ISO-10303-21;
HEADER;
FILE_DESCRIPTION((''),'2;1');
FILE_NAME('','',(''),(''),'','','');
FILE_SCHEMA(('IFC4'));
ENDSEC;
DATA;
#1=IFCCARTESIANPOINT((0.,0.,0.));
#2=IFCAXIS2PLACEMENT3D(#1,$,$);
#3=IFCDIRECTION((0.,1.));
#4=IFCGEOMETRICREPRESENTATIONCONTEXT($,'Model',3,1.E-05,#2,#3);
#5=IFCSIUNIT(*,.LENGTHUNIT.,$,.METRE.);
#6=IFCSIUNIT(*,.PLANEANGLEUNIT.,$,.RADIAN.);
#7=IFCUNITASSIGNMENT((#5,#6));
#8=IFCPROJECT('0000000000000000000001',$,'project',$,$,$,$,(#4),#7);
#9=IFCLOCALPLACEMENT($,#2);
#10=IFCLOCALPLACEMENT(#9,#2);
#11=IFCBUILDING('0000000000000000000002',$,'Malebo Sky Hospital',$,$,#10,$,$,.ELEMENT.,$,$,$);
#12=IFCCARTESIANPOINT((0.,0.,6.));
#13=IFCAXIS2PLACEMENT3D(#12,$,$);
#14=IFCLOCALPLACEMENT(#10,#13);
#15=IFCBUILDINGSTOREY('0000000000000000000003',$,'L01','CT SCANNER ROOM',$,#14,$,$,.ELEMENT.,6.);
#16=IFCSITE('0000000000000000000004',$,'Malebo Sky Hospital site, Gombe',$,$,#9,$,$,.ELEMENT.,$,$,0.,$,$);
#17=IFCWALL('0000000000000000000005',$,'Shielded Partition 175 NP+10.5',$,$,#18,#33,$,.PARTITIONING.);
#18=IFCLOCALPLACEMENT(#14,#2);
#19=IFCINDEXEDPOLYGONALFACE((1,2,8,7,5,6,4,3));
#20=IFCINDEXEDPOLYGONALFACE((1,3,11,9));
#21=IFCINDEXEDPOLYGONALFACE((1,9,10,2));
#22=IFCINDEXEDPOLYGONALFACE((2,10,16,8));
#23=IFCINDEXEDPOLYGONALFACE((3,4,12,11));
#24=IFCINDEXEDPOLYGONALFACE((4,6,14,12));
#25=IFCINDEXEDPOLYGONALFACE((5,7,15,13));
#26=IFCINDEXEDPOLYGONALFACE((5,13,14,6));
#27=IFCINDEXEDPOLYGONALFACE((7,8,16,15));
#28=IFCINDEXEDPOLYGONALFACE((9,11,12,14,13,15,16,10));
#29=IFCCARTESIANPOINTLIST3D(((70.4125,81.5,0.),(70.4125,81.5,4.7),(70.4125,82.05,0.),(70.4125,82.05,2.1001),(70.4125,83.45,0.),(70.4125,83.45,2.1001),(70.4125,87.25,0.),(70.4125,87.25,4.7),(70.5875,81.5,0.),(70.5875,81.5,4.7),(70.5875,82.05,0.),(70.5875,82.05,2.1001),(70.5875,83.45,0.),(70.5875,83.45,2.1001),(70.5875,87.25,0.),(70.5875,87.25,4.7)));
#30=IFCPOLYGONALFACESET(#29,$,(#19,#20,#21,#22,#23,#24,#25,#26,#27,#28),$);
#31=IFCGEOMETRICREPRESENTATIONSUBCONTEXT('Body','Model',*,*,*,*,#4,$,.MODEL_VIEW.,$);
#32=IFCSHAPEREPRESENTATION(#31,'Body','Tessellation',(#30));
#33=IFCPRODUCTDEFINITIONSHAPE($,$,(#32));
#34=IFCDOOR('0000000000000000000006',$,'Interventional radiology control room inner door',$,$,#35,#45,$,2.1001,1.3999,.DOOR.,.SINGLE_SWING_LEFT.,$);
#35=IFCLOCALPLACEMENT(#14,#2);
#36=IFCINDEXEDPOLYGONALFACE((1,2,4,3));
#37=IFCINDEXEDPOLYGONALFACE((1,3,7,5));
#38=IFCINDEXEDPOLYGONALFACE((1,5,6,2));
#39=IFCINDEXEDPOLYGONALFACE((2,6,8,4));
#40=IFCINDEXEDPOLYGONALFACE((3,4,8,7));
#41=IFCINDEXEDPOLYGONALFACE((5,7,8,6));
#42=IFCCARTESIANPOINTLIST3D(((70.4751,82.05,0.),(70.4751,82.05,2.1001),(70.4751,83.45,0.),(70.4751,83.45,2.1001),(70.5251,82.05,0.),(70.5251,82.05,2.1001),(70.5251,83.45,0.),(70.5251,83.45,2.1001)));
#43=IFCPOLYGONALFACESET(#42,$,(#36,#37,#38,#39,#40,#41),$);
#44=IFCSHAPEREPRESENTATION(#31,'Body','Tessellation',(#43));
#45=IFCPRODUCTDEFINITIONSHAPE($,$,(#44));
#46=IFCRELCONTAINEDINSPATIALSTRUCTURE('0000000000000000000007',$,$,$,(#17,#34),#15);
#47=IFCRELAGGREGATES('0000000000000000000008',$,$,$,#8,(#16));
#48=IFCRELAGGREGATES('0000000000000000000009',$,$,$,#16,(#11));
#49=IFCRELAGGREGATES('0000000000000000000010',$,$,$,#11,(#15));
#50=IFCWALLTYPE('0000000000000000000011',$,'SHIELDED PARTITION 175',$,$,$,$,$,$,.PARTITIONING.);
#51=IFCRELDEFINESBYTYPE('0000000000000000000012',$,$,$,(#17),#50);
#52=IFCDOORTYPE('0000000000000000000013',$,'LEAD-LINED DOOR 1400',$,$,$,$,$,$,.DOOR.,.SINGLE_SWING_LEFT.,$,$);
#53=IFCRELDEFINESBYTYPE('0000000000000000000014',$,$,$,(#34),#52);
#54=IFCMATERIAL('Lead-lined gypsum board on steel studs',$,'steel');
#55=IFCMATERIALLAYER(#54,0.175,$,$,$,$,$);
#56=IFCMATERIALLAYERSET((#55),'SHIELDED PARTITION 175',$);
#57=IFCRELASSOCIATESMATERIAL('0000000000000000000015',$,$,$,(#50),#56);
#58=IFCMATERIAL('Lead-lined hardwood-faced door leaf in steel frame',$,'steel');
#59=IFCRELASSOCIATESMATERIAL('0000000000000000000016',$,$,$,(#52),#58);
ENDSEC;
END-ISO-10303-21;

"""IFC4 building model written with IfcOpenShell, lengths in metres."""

from ifc_helpers import new_model, si_unit, direction, frame, frame_2d, origin, place, context, subcontext, project, spatial, rectangle, extrude, material, layer, layer_set, type_object, element, fill, save


model = new_model("IFC4")

# Units and contexts
model_context = context("Model", 3, precision=1e-05, world=origin(), true_north=direction((0.0, 1.0)))
body_context = subcontext(model_context, "Body", "Model", "MODEL_VIEW")
ifc_project = project(units=[si_unit("LENGTHUNIT", "METRE"), si_unit("PLANEANGLEUNIT", "RADIAN")], contexts=[model_context])

# Site, building, storey
site_placement = place(None, origin())
site = spatial("IfcSite", under=ifc_project, at=site_placement, Name="Malebo Sky Hospital site, Gombe", CompositionType="ELEMENT", RefElevation=0.0)
building_placement = place(site_placement, origin())
building = spatial("IfcBuilding", under=site, at=building_placement, Name="Malebo Sky Hospital", CompositionType="ELEMENT")
storey_placement = place(building_placement, frame((0.0, 0.0, 6.0)))
storey = spatial("IfcBuildingStorey", under=building, at=storey_placement, Name="L01", Description="CT SCANNER ROOM", CompositionType="ELEMENT", Elevation=6.0)

# Shared definitions
ifc_material_1 = material(Name="Lead-lined gypsum board on steel studs", Category="steel")
ifc_layer_1 = layer(ifc_material_1, 0.175)
ifc_layer_set_1 = layer_set([ifc_layer_1], Name="SHIELDED PARTITION 175")
wall_type_1 = type_object("IfcWallType", Name="SHIELDED PARTITION 175", PredefinedType="PARTITIONING", material=ifc_layer_set_1)

# Shared definitions
ifc_material_2 = material(Name="Lead-lined hardwood-faced door leaf in steel frame", Category="steel")
door_type_1 = type_object("IfcDoorType", Name="LEAD-LINED DOOR 1400", OperationType="SINGLE_SWING_LEFT", PredefinedType="DOOR", material=ifc_material_2)

# Wall, opening, door
wall_1_placement = place(storey_placement, frame((70.5, 81.5, 0.0), z_axis=(0.0, 0.0, 1.0), x_axis=(0.0, 1.0, 0.0)))
wall_1 = element("IfcWall", 1, at=wall_1_placement, inside=storey, type_object=wall_type_1, Name="Shielded Partition 175 NP+10.5", PredefinedType="PARTITIONING", context=body_context, shape_type="SweptSolid", body=[
    extrude(rectangle(XDim=5.75, YDim=0.175, at=frame_2d((2.875, 0.0))), origin(), (0.0, 0.0, 1.0), 4.7),
])
opening_1_placement = place(wall_1_placement, frame((0.55, 0.0, 0.0)))
opening_1 = element("IfcOpeningElement", 2, at=opening_1_placement, cuts=wall_1, PredefinedType="OPENING", context=body_context, shape_type="SweptSolid", body=[
    extrude(rectangle(XDim=1.3999, YDim=2.1001, at=frame_2d((0.7, 1.05))), frame((0.0, 0.0974, 0.0), z_axis=(0.0, -1.0, 0.0), x_axis=(1.0, 0.0, 0.0)), (0.0, 0.0, 1.0), 0.1951),
])
door_1_placement = place(opening_1_placement, origin())
door_1 = element("IfcDoor", 3, at=door_1_placement, inside=storey, type_object=door_type_1, Name="Interventional radiology control room inner door", OperationType="SINGLE_SWING_LEFT", OverallHeight=2.1001, OverallWidth=1.3999, PredefinedType="DOOR", context=body_context, shape_type="SweptSolid", body=[
    extrude(rectangle(XDim=1.3999, YDim=2.1001, at=frame_2d((0.7, 1.05))), frame((0.0, 0.0249, 0.0), z_axis=(0.0, -1.0, 0.0), x_axis=(1.0, 0.0, 0.0)), (0.0, 0.0, 1.0), 0.05),
])
fill(opening_1, door_1)

save(model, "model.ifc")
